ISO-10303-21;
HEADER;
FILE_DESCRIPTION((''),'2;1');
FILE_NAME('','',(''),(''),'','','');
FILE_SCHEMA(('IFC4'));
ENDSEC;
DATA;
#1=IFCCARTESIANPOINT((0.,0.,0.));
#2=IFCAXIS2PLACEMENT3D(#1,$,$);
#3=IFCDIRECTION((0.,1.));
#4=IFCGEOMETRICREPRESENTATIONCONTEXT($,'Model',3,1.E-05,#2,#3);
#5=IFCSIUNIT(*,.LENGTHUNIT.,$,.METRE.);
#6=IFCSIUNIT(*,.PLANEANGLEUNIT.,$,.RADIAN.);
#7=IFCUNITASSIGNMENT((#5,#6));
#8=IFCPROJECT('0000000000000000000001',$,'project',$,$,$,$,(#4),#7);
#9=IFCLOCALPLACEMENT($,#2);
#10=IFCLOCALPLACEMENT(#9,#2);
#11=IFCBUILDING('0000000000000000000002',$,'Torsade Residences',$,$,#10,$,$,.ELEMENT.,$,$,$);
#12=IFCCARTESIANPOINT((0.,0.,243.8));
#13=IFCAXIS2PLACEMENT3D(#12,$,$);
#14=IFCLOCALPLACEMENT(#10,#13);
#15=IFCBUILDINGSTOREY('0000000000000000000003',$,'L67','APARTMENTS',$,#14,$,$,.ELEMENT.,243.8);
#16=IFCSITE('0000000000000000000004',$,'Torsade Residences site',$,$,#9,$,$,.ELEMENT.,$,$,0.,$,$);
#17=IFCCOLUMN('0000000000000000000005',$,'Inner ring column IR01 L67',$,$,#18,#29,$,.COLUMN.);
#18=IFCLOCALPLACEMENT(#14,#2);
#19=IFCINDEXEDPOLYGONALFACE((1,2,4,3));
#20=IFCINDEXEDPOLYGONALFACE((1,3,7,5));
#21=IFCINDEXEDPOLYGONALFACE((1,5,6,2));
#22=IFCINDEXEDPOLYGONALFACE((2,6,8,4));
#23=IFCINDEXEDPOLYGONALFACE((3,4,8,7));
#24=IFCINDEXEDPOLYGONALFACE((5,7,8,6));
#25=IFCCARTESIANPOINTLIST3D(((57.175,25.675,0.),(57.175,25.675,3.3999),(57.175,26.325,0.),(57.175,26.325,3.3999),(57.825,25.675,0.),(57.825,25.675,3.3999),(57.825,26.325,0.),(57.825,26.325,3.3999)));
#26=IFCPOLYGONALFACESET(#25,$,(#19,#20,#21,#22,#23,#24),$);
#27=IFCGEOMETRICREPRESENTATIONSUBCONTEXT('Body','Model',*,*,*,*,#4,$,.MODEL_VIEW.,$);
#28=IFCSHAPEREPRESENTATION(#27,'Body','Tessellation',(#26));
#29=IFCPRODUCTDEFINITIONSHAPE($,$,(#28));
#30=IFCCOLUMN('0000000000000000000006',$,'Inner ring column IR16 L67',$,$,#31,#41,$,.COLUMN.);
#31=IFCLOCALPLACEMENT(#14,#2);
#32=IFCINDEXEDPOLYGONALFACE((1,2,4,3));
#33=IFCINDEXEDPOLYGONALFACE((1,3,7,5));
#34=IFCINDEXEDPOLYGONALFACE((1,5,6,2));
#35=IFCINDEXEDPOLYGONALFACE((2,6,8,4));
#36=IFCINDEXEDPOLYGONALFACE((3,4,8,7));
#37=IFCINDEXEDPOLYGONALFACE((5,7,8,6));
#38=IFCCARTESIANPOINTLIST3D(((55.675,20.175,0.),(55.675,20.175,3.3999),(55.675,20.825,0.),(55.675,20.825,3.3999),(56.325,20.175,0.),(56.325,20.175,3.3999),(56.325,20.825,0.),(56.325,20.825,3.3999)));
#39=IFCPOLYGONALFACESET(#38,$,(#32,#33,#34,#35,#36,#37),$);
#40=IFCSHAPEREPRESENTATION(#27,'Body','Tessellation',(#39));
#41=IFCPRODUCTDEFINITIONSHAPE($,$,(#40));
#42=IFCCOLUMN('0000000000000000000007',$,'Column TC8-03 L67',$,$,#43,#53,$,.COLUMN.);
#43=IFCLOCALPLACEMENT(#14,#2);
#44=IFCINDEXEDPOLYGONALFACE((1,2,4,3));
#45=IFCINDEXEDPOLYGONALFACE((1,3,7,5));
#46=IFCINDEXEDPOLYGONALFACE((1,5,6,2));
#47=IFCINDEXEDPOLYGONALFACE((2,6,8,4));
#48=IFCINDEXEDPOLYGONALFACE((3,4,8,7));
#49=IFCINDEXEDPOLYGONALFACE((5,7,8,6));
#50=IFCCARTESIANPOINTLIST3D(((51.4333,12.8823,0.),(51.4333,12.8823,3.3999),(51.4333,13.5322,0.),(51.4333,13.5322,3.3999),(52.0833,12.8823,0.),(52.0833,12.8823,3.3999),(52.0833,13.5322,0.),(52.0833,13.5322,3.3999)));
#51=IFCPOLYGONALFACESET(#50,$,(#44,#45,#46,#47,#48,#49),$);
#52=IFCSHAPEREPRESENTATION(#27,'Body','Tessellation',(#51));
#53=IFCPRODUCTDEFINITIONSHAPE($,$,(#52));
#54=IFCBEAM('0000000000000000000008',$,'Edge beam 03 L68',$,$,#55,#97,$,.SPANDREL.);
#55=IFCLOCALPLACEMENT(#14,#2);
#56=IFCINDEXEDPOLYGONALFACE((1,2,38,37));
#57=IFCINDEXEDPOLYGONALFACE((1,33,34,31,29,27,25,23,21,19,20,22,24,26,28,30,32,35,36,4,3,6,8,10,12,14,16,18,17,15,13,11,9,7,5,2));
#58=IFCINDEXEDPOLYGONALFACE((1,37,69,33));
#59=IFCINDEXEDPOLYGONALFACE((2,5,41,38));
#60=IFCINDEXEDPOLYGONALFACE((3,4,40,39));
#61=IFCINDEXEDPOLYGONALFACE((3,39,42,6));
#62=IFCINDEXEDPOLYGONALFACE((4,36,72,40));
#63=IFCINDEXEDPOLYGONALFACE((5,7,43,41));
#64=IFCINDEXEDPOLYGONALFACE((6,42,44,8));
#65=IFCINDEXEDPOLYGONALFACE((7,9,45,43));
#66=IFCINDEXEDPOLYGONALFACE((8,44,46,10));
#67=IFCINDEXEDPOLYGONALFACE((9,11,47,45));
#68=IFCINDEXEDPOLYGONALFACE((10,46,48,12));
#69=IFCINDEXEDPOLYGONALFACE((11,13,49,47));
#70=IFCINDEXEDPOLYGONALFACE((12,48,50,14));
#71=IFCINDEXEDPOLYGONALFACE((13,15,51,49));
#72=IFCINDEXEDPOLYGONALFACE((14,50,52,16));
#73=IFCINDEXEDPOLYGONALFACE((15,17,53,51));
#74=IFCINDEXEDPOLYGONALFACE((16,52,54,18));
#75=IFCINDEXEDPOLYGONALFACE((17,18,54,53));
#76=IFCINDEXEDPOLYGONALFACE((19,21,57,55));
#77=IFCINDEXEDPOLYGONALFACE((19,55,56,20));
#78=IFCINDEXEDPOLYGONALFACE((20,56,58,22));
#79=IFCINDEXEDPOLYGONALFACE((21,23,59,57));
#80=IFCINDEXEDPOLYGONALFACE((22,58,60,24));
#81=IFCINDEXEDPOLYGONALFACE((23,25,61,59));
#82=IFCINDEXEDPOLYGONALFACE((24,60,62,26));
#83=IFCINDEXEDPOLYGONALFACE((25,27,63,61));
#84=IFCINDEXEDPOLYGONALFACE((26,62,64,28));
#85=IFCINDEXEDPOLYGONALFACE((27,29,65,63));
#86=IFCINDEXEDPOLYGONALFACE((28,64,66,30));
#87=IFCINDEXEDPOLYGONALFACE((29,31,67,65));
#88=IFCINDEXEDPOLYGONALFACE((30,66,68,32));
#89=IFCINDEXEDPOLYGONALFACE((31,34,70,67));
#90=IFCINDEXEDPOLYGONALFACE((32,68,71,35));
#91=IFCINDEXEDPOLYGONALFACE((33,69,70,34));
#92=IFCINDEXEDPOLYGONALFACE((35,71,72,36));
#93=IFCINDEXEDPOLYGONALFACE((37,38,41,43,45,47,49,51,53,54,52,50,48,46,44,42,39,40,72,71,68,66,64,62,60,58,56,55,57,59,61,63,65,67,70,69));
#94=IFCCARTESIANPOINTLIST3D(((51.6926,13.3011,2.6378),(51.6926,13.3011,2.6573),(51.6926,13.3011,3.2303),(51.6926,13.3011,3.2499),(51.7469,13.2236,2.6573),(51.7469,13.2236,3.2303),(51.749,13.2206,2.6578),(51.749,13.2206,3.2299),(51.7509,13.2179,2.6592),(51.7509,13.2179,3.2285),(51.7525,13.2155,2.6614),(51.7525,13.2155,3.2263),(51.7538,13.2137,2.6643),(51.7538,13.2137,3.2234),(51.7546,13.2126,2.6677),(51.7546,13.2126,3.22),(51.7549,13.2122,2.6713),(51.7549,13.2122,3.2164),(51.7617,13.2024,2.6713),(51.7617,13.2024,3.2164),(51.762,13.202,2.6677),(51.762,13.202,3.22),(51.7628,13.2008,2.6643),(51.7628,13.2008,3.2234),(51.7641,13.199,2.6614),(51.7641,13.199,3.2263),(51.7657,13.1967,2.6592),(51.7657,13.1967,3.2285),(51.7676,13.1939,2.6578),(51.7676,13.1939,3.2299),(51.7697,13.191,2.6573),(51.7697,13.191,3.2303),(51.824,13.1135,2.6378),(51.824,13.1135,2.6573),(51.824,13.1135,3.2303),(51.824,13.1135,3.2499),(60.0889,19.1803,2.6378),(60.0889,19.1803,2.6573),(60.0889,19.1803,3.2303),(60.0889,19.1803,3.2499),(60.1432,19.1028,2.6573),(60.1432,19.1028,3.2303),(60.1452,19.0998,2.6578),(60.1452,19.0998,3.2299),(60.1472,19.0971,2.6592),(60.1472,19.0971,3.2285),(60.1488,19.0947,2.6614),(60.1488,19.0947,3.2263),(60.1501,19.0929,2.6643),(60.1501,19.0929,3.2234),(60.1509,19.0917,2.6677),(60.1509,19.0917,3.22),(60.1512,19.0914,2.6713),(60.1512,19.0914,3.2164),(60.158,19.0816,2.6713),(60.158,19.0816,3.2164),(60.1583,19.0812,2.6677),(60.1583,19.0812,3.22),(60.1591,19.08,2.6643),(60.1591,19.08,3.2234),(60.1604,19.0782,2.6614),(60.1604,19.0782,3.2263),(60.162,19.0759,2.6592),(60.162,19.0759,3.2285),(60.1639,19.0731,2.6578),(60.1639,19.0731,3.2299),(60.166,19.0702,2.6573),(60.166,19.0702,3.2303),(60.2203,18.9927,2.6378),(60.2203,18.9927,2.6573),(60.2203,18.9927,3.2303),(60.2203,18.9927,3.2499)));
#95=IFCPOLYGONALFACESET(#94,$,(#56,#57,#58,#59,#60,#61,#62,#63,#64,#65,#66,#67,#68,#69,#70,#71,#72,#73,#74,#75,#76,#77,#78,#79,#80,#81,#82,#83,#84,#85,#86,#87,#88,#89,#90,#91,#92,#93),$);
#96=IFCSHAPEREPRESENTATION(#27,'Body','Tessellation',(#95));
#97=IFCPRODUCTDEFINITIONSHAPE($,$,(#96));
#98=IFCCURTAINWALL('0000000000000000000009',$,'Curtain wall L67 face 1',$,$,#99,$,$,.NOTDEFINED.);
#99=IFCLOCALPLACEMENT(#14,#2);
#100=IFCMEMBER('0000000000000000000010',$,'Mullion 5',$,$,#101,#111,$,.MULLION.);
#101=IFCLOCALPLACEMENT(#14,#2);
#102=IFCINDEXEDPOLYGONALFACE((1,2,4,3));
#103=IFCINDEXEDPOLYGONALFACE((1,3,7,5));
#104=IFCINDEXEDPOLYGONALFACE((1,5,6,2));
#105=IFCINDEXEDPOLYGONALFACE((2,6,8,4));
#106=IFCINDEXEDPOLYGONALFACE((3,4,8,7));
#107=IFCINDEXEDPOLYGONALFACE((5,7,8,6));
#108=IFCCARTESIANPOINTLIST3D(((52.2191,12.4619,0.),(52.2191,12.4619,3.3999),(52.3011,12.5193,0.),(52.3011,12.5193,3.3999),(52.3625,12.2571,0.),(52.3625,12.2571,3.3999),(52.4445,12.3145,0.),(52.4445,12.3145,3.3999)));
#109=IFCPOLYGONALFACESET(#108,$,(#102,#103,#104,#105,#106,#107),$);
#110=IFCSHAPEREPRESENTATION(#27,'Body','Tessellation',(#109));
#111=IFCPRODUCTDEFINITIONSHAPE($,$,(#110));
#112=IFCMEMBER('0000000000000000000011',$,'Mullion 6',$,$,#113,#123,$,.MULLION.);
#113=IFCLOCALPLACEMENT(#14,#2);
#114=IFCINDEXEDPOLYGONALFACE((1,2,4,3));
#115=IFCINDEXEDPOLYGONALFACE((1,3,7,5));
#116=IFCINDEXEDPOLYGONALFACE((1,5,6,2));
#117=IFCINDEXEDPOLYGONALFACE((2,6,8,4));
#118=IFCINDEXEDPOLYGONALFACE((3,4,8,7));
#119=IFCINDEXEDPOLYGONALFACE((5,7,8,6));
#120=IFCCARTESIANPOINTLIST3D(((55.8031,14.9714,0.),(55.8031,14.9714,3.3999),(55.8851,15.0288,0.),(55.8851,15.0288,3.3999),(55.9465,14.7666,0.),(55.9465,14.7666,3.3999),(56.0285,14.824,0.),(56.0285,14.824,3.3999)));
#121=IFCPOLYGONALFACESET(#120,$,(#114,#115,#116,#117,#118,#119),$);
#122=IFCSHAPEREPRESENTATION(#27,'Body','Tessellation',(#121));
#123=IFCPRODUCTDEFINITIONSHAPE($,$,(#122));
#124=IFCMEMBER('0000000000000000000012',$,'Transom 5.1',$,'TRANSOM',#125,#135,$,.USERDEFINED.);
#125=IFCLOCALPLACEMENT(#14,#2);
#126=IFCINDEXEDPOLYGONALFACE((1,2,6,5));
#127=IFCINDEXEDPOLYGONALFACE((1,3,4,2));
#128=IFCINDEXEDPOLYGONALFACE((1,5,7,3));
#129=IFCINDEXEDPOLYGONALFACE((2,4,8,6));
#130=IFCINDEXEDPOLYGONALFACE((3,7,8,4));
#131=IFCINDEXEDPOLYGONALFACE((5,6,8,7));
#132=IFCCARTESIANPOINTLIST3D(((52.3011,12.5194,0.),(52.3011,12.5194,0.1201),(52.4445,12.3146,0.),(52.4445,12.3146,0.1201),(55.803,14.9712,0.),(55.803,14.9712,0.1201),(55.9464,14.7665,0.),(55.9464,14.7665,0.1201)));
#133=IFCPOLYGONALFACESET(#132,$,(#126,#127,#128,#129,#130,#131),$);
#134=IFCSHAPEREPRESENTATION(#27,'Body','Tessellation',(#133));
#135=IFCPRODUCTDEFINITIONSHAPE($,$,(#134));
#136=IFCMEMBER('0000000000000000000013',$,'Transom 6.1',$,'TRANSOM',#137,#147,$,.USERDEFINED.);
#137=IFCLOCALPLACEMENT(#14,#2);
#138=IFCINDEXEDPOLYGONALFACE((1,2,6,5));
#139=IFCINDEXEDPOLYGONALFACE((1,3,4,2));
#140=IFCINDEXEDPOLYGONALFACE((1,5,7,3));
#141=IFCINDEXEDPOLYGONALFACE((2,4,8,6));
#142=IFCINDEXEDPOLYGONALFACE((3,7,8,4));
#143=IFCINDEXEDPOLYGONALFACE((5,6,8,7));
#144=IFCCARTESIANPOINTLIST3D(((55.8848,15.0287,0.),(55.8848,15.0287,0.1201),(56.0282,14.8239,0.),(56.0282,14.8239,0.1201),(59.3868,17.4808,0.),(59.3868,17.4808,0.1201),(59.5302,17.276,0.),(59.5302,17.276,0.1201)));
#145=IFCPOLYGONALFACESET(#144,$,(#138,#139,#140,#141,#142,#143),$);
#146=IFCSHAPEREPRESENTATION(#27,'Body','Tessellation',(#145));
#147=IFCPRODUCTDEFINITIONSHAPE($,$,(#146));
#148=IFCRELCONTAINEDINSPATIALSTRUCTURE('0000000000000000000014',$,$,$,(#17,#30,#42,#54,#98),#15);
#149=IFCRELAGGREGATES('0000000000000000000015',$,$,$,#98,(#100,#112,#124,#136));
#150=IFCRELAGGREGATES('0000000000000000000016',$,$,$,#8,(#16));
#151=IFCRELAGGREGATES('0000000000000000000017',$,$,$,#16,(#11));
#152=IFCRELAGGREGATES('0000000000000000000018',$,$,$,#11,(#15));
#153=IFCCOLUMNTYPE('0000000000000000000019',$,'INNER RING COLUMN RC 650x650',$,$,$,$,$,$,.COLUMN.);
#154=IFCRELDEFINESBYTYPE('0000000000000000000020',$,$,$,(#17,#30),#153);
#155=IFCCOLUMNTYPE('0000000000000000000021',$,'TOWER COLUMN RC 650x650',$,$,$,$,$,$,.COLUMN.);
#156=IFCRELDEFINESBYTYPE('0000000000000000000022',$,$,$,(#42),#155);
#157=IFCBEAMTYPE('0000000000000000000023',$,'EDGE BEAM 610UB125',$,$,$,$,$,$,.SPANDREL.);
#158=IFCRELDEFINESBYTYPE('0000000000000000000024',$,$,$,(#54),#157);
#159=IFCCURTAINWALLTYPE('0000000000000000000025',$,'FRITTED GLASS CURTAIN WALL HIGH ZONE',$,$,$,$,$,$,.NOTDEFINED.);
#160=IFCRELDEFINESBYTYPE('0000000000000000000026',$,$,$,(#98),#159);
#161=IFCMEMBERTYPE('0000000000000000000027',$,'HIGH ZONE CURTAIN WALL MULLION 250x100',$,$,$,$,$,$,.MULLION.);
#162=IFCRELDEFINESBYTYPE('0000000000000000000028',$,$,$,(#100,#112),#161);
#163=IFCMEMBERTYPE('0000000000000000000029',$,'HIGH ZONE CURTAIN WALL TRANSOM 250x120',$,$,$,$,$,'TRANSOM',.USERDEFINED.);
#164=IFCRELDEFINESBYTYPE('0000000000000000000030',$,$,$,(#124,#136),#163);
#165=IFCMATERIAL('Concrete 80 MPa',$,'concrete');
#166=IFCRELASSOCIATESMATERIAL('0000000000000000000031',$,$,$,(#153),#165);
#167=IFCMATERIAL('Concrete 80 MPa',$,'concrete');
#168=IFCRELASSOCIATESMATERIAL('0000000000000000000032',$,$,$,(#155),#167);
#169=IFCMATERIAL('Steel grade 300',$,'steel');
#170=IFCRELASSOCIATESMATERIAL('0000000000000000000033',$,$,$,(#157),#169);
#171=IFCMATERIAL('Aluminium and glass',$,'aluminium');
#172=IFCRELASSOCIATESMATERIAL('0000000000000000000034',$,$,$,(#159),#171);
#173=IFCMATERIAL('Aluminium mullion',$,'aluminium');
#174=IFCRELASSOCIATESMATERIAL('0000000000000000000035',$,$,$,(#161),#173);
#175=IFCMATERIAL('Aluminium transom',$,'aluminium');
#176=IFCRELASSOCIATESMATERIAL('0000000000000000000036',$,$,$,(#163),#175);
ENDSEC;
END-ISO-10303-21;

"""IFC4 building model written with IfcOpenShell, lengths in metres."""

from ifc_helpers import new_model, si_unit, direction, frame, origin, origin_2d, place, context, subcontext, project, spatial, rectangle, i_section, extrude, material, material_profile, profile_set, type_object, element, aggregate, save


model = new_model("IFC4")

# Units and contexts
model_context = context("Model", 3, precision=1e-05, world=origin(), true_north=direction((0.0, 1.0)))
body_context = subcontext(model_context, "Body", "Model", "MODEL_VIEW")
ifc_project = project(units=[si_unit("LENGTHUNIT", "METRE"), si_unit("PLANEANGLEUNIT", "RADIAN")], contexts=[model_context])

# Site, building, storey
site_placement = place(None, origin())
site = spatial("IfcSite", under=ifc_project, at=site_placement, Name="Torsade Residences site", CompositionType="ELEMENT", RefElevation=0.0)
building_placement = place(site_placement, origin())
building = spatial("IfcBuilding", under=site, at=building_placement, Name="Torsade Residences", CompositionType="ELEMENT")
storey_placement = place(building_placement, frame((0.0, 0.0, 243.8)))
storey = spatial("IfcBuildingStorey", under=building, at=storey_placement, Name="L67", Description="APARTMENTS", CompositionType="ELEMENT", Elevation=243.8)

# Columns
ifc_material_1 = material(Name="Concrete 80 MPa", Category="concrete")
ifc_material_profile_1 = material_profile(ifc_material_1, rectangle(XDim=0.6499, YDim=0.6499, at=origin_2d()), Name="RC 650x650")
ifc_profile_set_1 = profile_set([ifc_material_profile_1], Name="Concrete 80 MPa")
column_type_1 = type_object("IfcColumnType", Name="INNER RING COLUMN RC 650x650", PredefinedType="COLUMN", material=ifc_profile_set_1)
for number, where, z_axis, x_axis, name in (
    (1, (57.5, 26.0, 0.0), (0.0, 0.0, 1.0), (1.0, 0.0, 0.0), "Inner ring column IR01 L67"),
    (2, (56.0, 20.5, 0.0), (0.0, 0.0, 1.0), (1.0, 0.0, 0.0), "Inner ring column IR16 L67"),
):
    element("IfcColumn", number, at=place(storey_placement, frame(where, z_axis=z_axis, x_axis=x_axis)), inside=storey, type_object=column_type_1, Name=name, PredefinedType="COLUMN", context=body_context, shape_type="SweptSolid", body=[
        extrude(rectangle(XDim=0.6499, YDim=0.6499, at=origin_2d()), origin(), (0.0, 0.0, 1.0), 3.3999),
    ])
ifc_material_2 = material(Name="Concrete 80 MPa", Category="concrete")
ifc_material_profile_2 = material_profile(ifc_material_2, rectangle(XDim=0.6499, YDim=0.6499, at=origin_2d()), Name="RC 650x650")
ifc_profile_set_2 = profile_set([ifc_material_profile_2], Name="Concrete 80 MPa")
column_type_2 = type_object("IfcColumnType", Name="TOWER COLUMN RC 650x650", PredefinedType="COLUMN", material=ifc_profile_set_2)
column_placement = place(storey_placement, frame((51.7583, 13.2073, 0.0), z_axis=(0.0, 0.0, 1.0), x_axis=(1.0, 0.0, 0.0)))
element("IfcColumn", 3, at=column_placement, inside=storey, type_object=column_type_2, Name="Column TC8-03 L67", PredefinedType="COLUMN", context=body_context, shape_type="SweptSolid", body=[
    extrude(rectangle(XDim=0.6499, YDim=0.6499, at=origin_2d()), origin(), (0.0, 0.0, 1.0), 3.3999),
])

# Beam
ifc_material_3 = material(Name="Steel grade 300", Category="steel")
ifc_material_profile_3 = material_profile(ifc_material_3, i_section(OverallWidth=0.229, OverallDepth=0.6121, WebThickness=0.012, FlangeThickness=0.0195, FilletRadius=0.0139, at=origin_2d()), Name="610UB125")
ifc_profile_set_3 = profile_set([ifc_material_profile_3], Name="Steel grade 300")
beam_type_1 = type_object("IfcBeamType", Name="EDGE BEAM 610UB125", PredefinedType="SPANDREL", material=ifc_profile_set_3)
beam_1_placement = place(storey_placement, frame((51.7583, 13.2073, 2.9438), z_axis=(0.81915, 0.573579, 0.0), x_axis=(-0.573579, 0.81915, 0.0)))
element("IfcBeam", 4, at=beam_1_placement, inside=storey, type_object=beam_type_1, Name="Edge beam 03 L68", PredefinedType="SPANDREL", context=body_context, shape_type="SweptSolid", body=[
    extrude(i_section(OverallWidth=0.229, OverallDepth=0.6121, WebThickness=0.012, FlangeThickness=0.0195, FilletRadius=0.0139, at=origin_2d()), origin(), (0.0, 0.0, 1.0), 10.25),
])

# Curtain wall, members
ifc_material_4 = material(Name="Aluminium and glass", Category="aluminium")
curtain_wall_type = type_object("IfcCurtainWallType", Name="FRITTED GLASS CURTAIN WALL HIGH ZONE", PredefinedType="NOTDEFINED", material=ifc_material_4)
curtain_wall_placement = place(storey_placement, origin())
curtain_wall = element("IfcCurtainWall", 5, at=curtain_wall_placement, inside=storey, type_object=curtain_wall_type, Name="Curtain wall L67 face 1", PredefinedType="NOTDEFINED")
ifc_material_5 = material(Name="Aluminium mullion", Category="aluminium")
ifc_material_profile_4 = material_profile(ifc_material_5, rectangle(XDim=0.25, YDim=0.1001, at=origin_2d()), Name="HIGH ZONE CURTAIN WALL MULLION 250x100")
ifc_profile_set_4 = profile_set([ifc_material_profile_4], Name="Aluminium mullion")
member_type_1 = type_object("IfcMemberType", Name="HIGH ZONE CURTAIN WALL MULLION 250x100", PredefinedType="MULLION", material=ifc_profile_set_4)
member_1_placement = place(storey_placement, frame((52.3318, 12.3882, 0.0), z_axis=(0.0, 0.0, 1.0), x_axis=(-0.573576, 0.819152, 0.0)))
member_1 = element("IfcMember", 6, at=member_1_placement, type_object=member_type_1, Name="Mullion 5", PredefinedType="MULLION", context=body_context, shape_type="SweptSolid", body=[
    extrude(rectangle(XDim=0.25, YDim=0.1001, at=origin_2d()), origin(), (0.0, 0.0, 1.0), 3.3999),
])
member_2_placement = place(storey_placement, frame((55.9158, 14.8977, 0.0), z_axis=(0.0, 0.0, 1.0), x_axis=(-0.573576, 0.819152, 0.0)))
member_2 = element("IfcMember", 7, at=member_2_placement, type_object=member_type_1, Name="Mullion 6", PredefinedType="MULLION", context=body_context, shape_type="SweptSolid", body=[
    extrude(rectangle(XDim=0.25, YDim=0.1001, at=origin_2d()), origin(), (0.0, 0.0, 1.0), 3.3999),
])
ifc_material_6 = material(Name="Aluminium transom", Category="aluminium")
ifc_material_profile_5 = material_profile(ifc_material_6, rectangle(XDim=0.25, YDim=0.1201, at=origin_2d()), Name="HIGH ZONE CURTAIN WALL TRANSOM 250x120")
ifc_profile_set_5 = profile_set([ifc_material_profile_5], Name="Aluminium transom")
member_type_2 = type_object("IfcMemberType", Name="HIGH ZONE CURTAIN WALL TRANSOM 250x120", ElementType="TRANSOM", PredefinedType="USERDEFINED", material=ifc_profile_set_5)
member_3_placement = place(storey_placement, frame((52.3728, 12.417, 0.0601), z_axis=(0.819173, 0.573547, 0.0), x_axis=(-0.573547, 0.819173, 0.0)))
member_3 = element("IfcMember", 8, at=member_3_placement, type_object=member_type_2, Name="Transom 5.1", ObjectType="TRANSOM", PredefinedType="USERDEFINED", context=body_context, shape_type="SweptSolid", body=[
    extrude(rectangle(XDim=0.25, YDim=0.1201, at=origin_2d()), origin(), (0.0, 0.0, 1.0), 4.2749),
])
member_4_placement = place(storey_placement, frame((55.9565, 14.9263, 0.0601), z_axis=(0.819146, 0.573585, 0.0), x_axis=(-0.573585, 0.819146, 0.0)))
member_4 = element("IfcMember", 9, at=member_4_placement, type_object=member_type_2, Name="Transom 6.1", ObjectType="TRANSOM", PredefinedType="USERDEFINED", context=body_context, shape_type="SweptSolid", body=[
    extrude(rectangle(XDim=0.25, YDim=0.1201, at=origin_2d()), origin(), (0.0, 0.0, 1.0), 4.2751),
])

aggregate(curtain_wall, [member_1, member_2, member_3, member_4])

save(model, "model.ifc")
